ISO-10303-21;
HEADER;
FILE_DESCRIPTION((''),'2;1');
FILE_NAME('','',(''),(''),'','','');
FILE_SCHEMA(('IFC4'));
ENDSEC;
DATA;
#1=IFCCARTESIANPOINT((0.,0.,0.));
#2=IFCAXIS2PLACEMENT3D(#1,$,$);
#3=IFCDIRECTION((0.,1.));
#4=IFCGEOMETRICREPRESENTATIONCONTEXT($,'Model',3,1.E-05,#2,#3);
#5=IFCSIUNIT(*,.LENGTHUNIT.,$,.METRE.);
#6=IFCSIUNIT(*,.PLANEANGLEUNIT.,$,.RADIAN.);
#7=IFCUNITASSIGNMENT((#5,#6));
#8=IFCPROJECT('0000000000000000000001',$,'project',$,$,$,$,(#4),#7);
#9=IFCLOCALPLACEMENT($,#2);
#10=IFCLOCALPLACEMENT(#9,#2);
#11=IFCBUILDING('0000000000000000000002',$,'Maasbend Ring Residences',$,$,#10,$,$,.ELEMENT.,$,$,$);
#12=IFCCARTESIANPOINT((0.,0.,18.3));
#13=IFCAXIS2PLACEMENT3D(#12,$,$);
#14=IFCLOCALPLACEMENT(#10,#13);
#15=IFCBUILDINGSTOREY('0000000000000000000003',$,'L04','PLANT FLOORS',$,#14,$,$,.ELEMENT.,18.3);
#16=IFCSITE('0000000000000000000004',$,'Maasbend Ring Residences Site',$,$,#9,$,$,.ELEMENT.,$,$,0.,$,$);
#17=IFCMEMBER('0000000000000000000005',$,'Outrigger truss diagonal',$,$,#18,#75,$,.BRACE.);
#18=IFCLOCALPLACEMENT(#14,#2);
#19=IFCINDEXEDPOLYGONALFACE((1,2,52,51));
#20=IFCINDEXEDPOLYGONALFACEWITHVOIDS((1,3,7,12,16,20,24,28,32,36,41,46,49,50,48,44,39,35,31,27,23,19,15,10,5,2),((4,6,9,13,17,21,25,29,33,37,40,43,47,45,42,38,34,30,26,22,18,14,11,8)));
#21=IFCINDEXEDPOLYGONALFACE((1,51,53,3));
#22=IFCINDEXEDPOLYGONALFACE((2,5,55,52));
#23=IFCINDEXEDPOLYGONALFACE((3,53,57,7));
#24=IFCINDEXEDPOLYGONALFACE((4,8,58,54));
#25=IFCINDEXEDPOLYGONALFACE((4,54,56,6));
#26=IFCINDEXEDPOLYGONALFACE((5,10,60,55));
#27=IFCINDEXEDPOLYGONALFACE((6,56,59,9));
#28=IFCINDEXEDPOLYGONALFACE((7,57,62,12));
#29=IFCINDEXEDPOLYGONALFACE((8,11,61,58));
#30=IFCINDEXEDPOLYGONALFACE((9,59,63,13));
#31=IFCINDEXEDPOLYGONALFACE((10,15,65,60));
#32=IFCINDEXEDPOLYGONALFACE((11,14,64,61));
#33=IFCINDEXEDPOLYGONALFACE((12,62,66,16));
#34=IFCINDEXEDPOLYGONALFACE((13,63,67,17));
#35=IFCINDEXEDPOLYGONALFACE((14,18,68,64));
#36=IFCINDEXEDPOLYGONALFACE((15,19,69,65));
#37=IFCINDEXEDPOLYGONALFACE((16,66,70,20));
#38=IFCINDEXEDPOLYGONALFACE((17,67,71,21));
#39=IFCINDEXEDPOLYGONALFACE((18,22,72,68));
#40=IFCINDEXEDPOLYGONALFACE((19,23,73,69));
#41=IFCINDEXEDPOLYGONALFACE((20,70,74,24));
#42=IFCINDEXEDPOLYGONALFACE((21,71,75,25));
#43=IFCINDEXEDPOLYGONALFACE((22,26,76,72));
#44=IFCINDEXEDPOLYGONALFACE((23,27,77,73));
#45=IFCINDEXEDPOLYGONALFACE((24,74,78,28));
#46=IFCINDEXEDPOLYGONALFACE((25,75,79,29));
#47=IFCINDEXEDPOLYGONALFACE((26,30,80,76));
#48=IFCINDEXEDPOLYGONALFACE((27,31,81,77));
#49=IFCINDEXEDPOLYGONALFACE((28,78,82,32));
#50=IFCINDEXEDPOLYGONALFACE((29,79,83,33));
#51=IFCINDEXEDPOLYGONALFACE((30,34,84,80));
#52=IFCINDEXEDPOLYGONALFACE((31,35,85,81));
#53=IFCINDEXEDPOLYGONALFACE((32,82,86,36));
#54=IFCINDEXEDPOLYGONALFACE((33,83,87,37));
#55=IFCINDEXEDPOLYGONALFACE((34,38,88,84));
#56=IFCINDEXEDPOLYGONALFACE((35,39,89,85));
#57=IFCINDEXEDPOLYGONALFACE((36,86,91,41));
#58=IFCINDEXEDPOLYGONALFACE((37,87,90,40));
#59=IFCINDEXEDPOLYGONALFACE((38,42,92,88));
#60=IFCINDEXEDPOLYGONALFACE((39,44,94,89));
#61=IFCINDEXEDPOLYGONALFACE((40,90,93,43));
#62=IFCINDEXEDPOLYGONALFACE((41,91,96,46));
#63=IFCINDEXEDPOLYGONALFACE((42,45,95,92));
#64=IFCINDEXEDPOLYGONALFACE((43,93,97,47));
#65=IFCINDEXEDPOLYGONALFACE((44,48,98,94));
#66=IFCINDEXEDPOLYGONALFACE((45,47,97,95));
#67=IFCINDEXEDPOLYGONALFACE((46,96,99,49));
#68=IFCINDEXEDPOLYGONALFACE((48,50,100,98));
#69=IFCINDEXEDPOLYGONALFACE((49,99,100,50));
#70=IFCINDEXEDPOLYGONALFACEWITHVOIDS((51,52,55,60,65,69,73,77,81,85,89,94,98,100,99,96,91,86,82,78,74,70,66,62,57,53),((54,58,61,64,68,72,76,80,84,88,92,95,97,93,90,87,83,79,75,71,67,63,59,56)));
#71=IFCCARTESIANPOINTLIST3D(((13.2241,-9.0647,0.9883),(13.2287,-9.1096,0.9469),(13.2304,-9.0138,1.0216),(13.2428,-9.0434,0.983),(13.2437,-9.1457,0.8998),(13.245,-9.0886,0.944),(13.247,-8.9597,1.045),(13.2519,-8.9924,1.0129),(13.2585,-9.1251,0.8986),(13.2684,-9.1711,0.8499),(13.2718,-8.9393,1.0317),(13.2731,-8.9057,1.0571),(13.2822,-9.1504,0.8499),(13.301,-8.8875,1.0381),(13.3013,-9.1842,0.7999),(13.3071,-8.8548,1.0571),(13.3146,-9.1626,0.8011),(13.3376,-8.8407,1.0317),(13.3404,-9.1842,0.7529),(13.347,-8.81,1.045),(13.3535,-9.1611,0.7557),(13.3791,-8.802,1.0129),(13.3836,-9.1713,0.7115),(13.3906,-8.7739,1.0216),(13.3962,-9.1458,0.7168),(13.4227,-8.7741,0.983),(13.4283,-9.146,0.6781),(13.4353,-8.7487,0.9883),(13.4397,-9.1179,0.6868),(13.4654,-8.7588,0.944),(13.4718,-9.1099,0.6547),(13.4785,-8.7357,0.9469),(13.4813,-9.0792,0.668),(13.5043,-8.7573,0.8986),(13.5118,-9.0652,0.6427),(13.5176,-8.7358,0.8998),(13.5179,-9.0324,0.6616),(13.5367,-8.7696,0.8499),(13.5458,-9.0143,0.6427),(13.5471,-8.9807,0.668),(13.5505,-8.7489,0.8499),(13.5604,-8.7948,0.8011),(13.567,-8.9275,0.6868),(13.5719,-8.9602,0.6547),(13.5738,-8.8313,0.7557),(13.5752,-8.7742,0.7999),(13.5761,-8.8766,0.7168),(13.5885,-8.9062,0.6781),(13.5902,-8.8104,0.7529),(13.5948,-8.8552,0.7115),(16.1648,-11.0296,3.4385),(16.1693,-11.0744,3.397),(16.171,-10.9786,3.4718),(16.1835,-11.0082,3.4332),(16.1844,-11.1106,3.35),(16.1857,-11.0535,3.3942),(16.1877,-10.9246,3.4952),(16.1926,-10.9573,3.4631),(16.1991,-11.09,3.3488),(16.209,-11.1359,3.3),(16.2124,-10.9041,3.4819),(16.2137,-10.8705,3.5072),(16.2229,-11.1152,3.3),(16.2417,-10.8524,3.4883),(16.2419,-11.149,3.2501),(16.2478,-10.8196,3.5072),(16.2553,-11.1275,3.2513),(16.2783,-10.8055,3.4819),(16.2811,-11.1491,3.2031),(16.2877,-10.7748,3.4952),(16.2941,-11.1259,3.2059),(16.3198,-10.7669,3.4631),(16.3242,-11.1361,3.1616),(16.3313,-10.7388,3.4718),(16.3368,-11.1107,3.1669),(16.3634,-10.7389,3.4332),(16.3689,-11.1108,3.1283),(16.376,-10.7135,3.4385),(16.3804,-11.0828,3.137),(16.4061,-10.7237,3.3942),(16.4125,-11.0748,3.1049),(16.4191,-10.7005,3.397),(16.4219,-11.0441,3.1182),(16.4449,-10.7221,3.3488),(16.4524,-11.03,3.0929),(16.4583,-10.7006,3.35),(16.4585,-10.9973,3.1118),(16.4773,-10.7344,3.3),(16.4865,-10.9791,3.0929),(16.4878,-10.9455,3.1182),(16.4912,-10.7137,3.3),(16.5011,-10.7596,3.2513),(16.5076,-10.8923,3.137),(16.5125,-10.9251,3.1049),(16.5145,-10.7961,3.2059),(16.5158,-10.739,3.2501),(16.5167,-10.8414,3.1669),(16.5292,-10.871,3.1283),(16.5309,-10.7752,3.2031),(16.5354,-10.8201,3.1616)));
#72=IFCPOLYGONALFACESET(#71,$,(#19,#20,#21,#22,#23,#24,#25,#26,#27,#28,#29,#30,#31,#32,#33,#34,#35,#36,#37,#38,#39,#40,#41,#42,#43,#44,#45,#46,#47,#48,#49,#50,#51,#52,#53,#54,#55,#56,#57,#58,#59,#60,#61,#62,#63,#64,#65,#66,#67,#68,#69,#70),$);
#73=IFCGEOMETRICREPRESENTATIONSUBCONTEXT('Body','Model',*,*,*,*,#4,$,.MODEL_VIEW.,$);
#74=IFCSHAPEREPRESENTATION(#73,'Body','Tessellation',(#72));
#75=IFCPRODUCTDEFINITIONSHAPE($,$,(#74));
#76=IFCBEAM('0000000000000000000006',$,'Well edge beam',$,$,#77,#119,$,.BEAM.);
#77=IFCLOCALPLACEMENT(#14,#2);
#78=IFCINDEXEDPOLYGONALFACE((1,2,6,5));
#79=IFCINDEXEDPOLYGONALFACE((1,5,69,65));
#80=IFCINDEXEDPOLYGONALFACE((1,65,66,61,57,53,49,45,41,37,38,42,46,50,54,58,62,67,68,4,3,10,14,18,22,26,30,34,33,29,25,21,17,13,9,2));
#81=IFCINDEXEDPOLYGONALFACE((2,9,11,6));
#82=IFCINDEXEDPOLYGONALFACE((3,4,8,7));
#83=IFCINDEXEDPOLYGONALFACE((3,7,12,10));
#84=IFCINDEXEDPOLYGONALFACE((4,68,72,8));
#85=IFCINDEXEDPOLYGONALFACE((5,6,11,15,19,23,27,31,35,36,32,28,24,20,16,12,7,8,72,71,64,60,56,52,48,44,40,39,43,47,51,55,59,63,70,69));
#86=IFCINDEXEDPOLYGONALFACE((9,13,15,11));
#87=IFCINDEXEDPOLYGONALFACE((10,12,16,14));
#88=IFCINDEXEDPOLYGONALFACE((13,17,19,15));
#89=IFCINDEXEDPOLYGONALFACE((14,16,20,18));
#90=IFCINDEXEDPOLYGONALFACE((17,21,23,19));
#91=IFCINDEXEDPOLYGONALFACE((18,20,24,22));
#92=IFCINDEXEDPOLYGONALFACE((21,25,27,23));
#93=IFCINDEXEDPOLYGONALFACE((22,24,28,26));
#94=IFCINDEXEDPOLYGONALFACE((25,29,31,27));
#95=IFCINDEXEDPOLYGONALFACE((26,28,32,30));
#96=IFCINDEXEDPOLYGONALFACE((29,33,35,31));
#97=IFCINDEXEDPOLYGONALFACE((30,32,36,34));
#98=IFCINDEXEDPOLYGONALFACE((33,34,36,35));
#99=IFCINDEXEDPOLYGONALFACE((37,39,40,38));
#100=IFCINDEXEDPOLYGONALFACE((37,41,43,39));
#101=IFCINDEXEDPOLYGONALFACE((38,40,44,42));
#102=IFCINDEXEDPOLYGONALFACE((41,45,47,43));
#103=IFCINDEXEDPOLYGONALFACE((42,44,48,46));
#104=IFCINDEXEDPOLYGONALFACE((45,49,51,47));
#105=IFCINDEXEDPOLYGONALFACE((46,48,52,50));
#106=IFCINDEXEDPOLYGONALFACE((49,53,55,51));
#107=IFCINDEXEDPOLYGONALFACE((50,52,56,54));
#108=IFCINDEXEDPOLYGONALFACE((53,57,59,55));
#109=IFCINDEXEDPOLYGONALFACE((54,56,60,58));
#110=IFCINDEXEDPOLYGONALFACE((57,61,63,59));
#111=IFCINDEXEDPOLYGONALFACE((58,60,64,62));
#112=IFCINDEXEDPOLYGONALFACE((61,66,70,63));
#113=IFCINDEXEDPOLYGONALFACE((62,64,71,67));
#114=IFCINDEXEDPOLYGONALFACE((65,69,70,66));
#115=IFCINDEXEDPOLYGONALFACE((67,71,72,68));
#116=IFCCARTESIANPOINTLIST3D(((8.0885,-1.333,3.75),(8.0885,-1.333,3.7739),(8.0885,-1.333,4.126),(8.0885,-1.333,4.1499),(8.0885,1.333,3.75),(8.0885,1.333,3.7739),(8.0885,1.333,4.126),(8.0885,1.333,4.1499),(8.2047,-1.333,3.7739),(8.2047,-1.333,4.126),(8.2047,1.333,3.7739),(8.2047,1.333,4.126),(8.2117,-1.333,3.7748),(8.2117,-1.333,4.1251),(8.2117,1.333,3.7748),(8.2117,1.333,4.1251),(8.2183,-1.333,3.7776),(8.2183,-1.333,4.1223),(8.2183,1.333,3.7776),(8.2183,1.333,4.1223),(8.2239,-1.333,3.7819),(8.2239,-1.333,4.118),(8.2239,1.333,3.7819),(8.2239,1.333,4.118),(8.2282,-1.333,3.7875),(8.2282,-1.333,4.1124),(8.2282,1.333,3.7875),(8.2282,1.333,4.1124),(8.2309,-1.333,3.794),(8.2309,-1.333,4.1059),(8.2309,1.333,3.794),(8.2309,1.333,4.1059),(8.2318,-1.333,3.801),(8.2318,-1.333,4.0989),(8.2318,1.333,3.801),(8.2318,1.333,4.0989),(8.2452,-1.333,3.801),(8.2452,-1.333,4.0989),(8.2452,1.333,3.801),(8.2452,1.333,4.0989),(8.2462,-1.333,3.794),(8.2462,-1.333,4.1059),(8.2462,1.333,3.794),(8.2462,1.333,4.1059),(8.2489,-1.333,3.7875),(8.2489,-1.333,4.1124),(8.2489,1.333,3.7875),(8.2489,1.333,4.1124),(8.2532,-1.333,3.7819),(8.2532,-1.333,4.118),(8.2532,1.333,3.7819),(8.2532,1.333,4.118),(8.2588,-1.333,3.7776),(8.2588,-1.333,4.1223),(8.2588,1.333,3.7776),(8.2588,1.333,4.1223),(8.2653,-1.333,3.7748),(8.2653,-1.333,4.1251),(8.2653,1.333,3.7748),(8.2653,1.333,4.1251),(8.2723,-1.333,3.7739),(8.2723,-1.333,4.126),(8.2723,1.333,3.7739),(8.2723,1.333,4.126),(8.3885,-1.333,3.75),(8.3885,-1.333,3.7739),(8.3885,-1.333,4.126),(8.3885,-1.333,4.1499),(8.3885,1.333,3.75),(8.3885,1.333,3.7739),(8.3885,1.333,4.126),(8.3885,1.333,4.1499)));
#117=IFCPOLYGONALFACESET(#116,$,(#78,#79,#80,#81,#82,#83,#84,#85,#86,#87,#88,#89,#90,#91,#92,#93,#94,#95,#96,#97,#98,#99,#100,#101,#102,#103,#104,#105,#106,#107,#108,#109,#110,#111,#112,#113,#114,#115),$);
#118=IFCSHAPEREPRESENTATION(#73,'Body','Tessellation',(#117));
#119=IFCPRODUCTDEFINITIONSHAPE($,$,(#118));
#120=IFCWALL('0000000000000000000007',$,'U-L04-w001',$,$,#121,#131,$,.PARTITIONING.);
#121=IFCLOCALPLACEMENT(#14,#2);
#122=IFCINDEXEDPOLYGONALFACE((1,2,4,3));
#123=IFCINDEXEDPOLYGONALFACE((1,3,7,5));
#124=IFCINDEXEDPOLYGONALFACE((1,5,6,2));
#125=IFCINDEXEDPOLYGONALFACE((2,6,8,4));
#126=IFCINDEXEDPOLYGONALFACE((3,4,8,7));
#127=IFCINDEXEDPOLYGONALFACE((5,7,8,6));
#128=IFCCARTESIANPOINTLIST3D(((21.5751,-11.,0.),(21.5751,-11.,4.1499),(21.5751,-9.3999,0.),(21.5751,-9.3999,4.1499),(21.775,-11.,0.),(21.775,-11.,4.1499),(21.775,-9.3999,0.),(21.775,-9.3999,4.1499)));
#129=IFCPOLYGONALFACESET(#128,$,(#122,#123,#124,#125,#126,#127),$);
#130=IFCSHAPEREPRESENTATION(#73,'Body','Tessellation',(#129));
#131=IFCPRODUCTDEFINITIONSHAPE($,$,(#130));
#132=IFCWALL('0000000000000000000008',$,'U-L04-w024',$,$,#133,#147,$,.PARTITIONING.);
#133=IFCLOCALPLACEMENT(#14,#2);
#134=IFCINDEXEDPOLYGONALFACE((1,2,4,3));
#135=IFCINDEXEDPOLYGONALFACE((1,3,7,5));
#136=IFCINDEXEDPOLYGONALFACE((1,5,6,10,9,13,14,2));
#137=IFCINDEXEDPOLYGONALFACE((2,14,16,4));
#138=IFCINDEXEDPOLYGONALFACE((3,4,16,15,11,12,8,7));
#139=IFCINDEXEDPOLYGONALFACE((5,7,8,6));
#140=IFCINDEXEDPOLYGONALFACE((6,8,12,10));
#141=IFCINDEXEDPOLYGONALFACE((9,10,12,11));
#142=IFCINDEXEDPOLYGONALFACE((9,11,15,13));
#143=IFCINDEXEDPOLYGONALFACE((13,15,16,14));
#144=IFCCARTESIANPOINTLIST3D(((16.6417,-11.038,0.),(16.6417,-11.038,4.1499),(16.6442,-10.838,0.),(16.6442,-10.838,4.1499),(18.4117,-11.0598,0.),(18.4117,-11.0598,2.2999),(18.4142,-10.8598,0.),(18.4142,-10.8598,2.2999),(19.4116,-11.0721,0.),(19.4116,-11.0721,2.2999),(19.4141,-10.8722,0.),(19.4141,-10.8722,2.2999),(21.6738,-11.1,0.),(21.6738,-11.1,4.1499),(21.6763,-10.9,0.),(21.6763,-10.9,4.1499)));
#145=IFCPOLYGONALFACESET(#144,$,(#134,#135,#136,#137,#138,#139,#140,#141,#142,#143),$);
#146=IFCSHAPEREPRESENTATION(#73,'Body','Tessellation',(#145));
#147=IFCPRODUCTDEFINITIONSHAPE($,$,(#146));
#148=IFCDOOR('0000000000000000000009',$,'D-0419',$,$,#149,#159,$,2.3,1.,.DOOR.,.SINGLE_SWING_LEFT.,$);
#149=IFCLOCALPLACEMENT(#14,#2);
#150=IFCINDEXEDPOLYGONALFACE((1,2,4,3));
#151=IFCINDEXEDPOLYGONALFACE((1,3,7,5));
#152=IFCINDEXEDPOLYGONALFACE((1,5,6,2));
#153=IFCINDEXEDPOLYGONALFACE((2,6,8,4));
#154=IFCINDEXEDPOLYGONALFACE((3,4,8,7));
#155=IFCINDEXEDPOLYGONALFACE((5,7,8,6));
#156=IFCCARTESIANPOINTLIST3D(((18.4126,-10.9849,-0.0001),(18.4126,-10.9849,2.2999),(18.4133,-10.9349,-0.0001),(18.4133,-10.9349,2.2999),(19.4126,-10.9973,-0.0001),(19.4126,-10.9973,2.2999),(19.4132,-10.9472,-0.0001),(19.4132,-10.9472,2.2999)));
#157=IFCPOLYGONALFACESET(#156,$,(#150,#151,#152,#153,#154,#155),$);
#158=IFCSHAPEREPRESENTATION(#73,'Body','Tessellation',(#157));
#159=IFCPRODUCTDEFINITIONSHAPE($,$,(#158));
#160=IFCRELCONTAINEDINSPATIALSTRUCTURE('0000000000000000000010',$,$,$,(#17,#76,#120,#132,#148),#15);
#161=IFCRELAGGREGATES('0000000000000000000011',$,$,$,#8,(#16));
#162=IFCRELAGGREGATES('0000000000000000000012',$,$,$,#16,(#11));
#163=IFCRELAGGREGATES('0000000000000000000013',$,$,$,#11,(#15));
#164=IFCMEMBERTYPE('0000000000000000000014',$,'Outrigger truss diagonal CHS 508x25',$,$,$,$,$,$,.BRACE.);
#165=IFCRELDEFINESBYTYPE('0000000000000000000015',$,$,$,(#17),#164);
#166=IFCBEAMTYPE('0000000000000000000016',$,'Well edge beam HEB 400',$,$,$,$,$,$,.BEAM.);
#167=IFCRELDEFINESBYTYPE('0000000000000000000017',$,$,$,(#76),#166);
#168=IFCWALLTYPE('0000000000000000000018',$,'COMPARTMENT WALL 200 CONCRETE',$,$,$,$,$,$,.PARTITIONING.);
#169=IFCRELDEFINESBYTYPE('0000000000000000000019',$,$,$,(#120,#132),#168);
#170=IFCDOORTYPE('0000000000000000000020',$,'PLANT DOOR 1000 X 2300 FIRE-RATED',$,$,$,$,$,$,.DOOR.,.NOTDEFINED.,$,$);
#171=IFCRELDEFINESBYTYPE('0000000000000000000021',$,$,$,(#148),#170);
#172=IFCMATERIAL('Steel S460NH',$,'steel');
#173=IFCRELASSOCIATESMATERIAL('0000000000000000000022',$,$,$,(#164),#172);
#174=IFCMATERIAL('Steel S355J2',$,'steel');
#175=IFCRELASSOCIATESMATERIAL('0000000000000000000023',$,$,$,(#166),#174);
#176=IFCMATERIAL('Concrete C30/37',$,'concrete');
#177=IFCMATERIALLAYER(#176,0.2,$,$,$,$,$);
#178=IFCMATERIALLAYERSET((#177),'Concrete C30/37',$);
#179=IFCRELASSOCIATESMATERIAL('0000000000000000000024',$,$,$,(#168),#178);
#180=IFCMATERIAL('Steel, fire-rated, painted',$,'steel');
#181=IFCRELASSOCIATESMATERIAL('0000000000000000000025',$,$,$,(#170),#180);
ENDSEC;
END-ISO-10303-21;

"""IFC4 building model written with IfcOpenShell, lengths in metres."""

from ifc_helpers import new_model, si_unit, direction, frame, frame_2d, origin, origin_2d, place, context, subcontext, project, spatial, rectangle, hollow_circle, i_section, extrude, material, layer, layer_set, material_profile, profile_set, type_object, element, fill, save


model = new_model("IFC4")

# Units and contexts
model_context = context("Model", 3, precision=1e-05, world=origin(), true_north=direction((0.0, 1.0)))
body_context = subcontext(model_context, "Body", "Model", "MODEL_VIEW")
ifc_project = project(units=[si_unit("LENGTHUNIT", "METRE"), si_unit("PLANEANGLEUNIT", "RADIAN")], contexts=[model_context])

# Site, building, storey
site_placement = place(None, origin())
site = spatial("IfcSite", under=ifc_project, at=site_placement, Name="Maasbend Ring Residences Site", CompositionType="ELEMENT", RefElevation=0.0)
building_placement = place(site_placement, origin())
building = spatial("IfcBuilding", under=site, at=building_placement, Name="Maasbend Ring Residences", CompositionType="ELEMENT")
storey_placement = place(building_placement, frame((0.0, 0.0, 18.3)))
storey = spatial("IfcBuildingStorey", under=building, at=storey_placement, Name="L04", Description="PLANT FLOORS", CompositionType="ELEMENT", Elevation=18.3)

# Member
ifc_material_1 = material(Name="Steel S460NH", Category="steel")
ifc_material_profile_1 = material_profile(ifc_material_1, hollow_circle(Radius=0.2539, WallThickness=0.0249, at=origin_2d()), Name="Outrigger truss diagonal CHS 508x25")
ifc_profile_set_1 = profile_set([ifc_material_profile_1], Name="Steel S460NH")
member_type = type_object("IfcMemberType", Name="Outrigger truss diagonal CHS 508x25", PredefinedType="BRACE", material=ifc_profile_set_1)
member_placement = place(storey_placement, frame((16.3501, -10.9248, 3.3), z_axis=(-0.683478, 0.456673, -0.56948), x_axis=(-0.55556, -0.831476, 0.0)))
element("IfcMember", 1, at=member_placement, inside=storey, type_object=member_type, Name="Outrigger truss diagonal", PredefinedType="BRACE", context=body_context, shape_type="SweptSolid", body=[
    extrude(hollow_circle(Radius=0.2539, WallThickness=0.0249, at=origin_2d()), origin(), (0.0, 0.0, 1.0), 4.3025),
])

# Beam
ifc_material_2 = material(Name="Steel S355J2", Category="steel")
ifc_material_profile_2 = material_profile(ifc_material_2, i_section(OverallWidth=0.3, OverallDepth=0.3999, WebThickness=0.0134, FlangeThickness=0.0239, FilletRadius=0.0271, at=origin_2d()), Name="HEB 400")
ifc_profile_set_2 = profile_set([ifc_material_profile_2], Name="Steel S355J2")
beam_type_1 = type_object("IfcBeamType", Name="Well edge beam HEB 400", PredefinedType="BEAM", material=ifc_profile_set_2)
beam_placement = place(storey_placement, frame((8.2385, -1.333, 3.95), z_axis=(0.0, 1.0, 0.0), x_axis=(-1.0, 0.0, 0.0)))
element("IfcBeam", 2, at=beam_placement, inside=storey, type_object=beam_type_1, Name="Well edge beam", PredefinedType="BEAM", context=body_context, shape_type="SweptSolid", body=[
    extrude(i_section(OverallWidth=0.3, OverallDepth=0.3999, WebThickness=0.0134, FlangeThickness=0.0239, FilletRadius=0.0271, at=origin_2d()), origin(), (0.0, 0.0, 1.0), 2.666),
])

# Wall
ifc_material_3 = material(Name="Concrete C30/37", Category="concrete")
ifc_layer_1 = layer(ifc_material_3, 0.2)
ifc_layer_set_1 = layer_set([ifc_layer_1], Name="Concrete C30/37")
wall_type_1 = type_object("IfcWallType", Name="COMPARTMENT WALL 200 CONCRETE", PredefinedType="PARTITIONING", material=ifc_layer_set_1)
wall_1_placement = place(storey_placement, frame((21.675, -11.0, 0.0), z_axis=(0.0, 0.0, 1.0), x_axis=(0.0, 1.0, 0.0)))
element("IfcWall", 3, at=wall_1_placement, inside=storey, type_object=wall_type_1, Name="U-L04-w001", PredefinedType="PARTITIONING", context=body_context, shape_type="SweptSolid", body=[
    extrude(rectangle(XDim=1.6001, YDim=0.2, at=frame_2d((0.8, 0.0))), origin(), (0.0, 0.0, 1.0), 4.1499),
])

# Wall, opening, door
wall_2_placement = place(storey_placement, frame((16.6431, -10.938, 0.0), z_axis=(0.0, 0.0, 1.0), x_axis=(0.999924, -0.012323, 0.0)))
wall_2 = element("IfcWall", 4, at=wall_2_placement, inside=storey, type_object=wall_type_1, Name="U-L04-w024", PredefinedType="PARTITIONING", context=body_context, shape_type="SweptSolid", body=[
    extrude(rectangle(XDim=5.0325, YDim=0.2, at=frame_2d((2.5161, 0.0))), origin(), (0.0, 0.0, 1.0), 4.1499),
])
opening_1_placement = place(wall_2_placement, frame((1.77, 0.0, 0.0)))
opening_1 = element("IfcOpeningElement", 5, at=opening_1_placement, cuts=wall_2, PredefinedType="OPENING", context=body_context, shape_type="SweptSolid", body=[
    extrude(rectangle(XDim=1.0, YDim=2.3, at=frame_2d((0.5, 1.1499))), frame((0.0, 0.1099, 0.0), z_axis=(0.0, -1.0, 0.0), x_axis=(1.0, 0.0, 0.0)), (0.0, 0.0, 1.0), 0.22),
])
ifc_material_4 = material(Name="Steel, fire-rated, painted", Category="steel")
door_type_1 = type_object("IfcDoorType", Name="PLANT DOOR 1000 X 2300 FIRE-RATED", OperationType="NOTDEFINED", PredefinedType="DOOR", material=ifc_material_4)
door_1_placement = place(opening_1_placement, origin())
door_1 = element("IfcDoor", 6, at=door_1_placement, inside=storey, type_object=door_type_1, Name="D-0419", OperationType="SINGLE_SWING_LEFT", OverallHeight=2.3, OverallWidth=1.0, PredefinedType="DOOR", context=body_context, shape_type="SweptSolid", body=[
    extrude(rectangle(XDim=1.0, YDim=2.3, at=frame_2d((0.5, 1.1499))), frame((0.0, 0.0249, 0.0), z_axis=(0.0, -1.0, 0.0), x_axis=(1.0, 0.0, 0.0)), (0.0, 0.0, 1.0), 0.05),
])
fill(opening_1, door_1)

save(model, "model.ifc")
